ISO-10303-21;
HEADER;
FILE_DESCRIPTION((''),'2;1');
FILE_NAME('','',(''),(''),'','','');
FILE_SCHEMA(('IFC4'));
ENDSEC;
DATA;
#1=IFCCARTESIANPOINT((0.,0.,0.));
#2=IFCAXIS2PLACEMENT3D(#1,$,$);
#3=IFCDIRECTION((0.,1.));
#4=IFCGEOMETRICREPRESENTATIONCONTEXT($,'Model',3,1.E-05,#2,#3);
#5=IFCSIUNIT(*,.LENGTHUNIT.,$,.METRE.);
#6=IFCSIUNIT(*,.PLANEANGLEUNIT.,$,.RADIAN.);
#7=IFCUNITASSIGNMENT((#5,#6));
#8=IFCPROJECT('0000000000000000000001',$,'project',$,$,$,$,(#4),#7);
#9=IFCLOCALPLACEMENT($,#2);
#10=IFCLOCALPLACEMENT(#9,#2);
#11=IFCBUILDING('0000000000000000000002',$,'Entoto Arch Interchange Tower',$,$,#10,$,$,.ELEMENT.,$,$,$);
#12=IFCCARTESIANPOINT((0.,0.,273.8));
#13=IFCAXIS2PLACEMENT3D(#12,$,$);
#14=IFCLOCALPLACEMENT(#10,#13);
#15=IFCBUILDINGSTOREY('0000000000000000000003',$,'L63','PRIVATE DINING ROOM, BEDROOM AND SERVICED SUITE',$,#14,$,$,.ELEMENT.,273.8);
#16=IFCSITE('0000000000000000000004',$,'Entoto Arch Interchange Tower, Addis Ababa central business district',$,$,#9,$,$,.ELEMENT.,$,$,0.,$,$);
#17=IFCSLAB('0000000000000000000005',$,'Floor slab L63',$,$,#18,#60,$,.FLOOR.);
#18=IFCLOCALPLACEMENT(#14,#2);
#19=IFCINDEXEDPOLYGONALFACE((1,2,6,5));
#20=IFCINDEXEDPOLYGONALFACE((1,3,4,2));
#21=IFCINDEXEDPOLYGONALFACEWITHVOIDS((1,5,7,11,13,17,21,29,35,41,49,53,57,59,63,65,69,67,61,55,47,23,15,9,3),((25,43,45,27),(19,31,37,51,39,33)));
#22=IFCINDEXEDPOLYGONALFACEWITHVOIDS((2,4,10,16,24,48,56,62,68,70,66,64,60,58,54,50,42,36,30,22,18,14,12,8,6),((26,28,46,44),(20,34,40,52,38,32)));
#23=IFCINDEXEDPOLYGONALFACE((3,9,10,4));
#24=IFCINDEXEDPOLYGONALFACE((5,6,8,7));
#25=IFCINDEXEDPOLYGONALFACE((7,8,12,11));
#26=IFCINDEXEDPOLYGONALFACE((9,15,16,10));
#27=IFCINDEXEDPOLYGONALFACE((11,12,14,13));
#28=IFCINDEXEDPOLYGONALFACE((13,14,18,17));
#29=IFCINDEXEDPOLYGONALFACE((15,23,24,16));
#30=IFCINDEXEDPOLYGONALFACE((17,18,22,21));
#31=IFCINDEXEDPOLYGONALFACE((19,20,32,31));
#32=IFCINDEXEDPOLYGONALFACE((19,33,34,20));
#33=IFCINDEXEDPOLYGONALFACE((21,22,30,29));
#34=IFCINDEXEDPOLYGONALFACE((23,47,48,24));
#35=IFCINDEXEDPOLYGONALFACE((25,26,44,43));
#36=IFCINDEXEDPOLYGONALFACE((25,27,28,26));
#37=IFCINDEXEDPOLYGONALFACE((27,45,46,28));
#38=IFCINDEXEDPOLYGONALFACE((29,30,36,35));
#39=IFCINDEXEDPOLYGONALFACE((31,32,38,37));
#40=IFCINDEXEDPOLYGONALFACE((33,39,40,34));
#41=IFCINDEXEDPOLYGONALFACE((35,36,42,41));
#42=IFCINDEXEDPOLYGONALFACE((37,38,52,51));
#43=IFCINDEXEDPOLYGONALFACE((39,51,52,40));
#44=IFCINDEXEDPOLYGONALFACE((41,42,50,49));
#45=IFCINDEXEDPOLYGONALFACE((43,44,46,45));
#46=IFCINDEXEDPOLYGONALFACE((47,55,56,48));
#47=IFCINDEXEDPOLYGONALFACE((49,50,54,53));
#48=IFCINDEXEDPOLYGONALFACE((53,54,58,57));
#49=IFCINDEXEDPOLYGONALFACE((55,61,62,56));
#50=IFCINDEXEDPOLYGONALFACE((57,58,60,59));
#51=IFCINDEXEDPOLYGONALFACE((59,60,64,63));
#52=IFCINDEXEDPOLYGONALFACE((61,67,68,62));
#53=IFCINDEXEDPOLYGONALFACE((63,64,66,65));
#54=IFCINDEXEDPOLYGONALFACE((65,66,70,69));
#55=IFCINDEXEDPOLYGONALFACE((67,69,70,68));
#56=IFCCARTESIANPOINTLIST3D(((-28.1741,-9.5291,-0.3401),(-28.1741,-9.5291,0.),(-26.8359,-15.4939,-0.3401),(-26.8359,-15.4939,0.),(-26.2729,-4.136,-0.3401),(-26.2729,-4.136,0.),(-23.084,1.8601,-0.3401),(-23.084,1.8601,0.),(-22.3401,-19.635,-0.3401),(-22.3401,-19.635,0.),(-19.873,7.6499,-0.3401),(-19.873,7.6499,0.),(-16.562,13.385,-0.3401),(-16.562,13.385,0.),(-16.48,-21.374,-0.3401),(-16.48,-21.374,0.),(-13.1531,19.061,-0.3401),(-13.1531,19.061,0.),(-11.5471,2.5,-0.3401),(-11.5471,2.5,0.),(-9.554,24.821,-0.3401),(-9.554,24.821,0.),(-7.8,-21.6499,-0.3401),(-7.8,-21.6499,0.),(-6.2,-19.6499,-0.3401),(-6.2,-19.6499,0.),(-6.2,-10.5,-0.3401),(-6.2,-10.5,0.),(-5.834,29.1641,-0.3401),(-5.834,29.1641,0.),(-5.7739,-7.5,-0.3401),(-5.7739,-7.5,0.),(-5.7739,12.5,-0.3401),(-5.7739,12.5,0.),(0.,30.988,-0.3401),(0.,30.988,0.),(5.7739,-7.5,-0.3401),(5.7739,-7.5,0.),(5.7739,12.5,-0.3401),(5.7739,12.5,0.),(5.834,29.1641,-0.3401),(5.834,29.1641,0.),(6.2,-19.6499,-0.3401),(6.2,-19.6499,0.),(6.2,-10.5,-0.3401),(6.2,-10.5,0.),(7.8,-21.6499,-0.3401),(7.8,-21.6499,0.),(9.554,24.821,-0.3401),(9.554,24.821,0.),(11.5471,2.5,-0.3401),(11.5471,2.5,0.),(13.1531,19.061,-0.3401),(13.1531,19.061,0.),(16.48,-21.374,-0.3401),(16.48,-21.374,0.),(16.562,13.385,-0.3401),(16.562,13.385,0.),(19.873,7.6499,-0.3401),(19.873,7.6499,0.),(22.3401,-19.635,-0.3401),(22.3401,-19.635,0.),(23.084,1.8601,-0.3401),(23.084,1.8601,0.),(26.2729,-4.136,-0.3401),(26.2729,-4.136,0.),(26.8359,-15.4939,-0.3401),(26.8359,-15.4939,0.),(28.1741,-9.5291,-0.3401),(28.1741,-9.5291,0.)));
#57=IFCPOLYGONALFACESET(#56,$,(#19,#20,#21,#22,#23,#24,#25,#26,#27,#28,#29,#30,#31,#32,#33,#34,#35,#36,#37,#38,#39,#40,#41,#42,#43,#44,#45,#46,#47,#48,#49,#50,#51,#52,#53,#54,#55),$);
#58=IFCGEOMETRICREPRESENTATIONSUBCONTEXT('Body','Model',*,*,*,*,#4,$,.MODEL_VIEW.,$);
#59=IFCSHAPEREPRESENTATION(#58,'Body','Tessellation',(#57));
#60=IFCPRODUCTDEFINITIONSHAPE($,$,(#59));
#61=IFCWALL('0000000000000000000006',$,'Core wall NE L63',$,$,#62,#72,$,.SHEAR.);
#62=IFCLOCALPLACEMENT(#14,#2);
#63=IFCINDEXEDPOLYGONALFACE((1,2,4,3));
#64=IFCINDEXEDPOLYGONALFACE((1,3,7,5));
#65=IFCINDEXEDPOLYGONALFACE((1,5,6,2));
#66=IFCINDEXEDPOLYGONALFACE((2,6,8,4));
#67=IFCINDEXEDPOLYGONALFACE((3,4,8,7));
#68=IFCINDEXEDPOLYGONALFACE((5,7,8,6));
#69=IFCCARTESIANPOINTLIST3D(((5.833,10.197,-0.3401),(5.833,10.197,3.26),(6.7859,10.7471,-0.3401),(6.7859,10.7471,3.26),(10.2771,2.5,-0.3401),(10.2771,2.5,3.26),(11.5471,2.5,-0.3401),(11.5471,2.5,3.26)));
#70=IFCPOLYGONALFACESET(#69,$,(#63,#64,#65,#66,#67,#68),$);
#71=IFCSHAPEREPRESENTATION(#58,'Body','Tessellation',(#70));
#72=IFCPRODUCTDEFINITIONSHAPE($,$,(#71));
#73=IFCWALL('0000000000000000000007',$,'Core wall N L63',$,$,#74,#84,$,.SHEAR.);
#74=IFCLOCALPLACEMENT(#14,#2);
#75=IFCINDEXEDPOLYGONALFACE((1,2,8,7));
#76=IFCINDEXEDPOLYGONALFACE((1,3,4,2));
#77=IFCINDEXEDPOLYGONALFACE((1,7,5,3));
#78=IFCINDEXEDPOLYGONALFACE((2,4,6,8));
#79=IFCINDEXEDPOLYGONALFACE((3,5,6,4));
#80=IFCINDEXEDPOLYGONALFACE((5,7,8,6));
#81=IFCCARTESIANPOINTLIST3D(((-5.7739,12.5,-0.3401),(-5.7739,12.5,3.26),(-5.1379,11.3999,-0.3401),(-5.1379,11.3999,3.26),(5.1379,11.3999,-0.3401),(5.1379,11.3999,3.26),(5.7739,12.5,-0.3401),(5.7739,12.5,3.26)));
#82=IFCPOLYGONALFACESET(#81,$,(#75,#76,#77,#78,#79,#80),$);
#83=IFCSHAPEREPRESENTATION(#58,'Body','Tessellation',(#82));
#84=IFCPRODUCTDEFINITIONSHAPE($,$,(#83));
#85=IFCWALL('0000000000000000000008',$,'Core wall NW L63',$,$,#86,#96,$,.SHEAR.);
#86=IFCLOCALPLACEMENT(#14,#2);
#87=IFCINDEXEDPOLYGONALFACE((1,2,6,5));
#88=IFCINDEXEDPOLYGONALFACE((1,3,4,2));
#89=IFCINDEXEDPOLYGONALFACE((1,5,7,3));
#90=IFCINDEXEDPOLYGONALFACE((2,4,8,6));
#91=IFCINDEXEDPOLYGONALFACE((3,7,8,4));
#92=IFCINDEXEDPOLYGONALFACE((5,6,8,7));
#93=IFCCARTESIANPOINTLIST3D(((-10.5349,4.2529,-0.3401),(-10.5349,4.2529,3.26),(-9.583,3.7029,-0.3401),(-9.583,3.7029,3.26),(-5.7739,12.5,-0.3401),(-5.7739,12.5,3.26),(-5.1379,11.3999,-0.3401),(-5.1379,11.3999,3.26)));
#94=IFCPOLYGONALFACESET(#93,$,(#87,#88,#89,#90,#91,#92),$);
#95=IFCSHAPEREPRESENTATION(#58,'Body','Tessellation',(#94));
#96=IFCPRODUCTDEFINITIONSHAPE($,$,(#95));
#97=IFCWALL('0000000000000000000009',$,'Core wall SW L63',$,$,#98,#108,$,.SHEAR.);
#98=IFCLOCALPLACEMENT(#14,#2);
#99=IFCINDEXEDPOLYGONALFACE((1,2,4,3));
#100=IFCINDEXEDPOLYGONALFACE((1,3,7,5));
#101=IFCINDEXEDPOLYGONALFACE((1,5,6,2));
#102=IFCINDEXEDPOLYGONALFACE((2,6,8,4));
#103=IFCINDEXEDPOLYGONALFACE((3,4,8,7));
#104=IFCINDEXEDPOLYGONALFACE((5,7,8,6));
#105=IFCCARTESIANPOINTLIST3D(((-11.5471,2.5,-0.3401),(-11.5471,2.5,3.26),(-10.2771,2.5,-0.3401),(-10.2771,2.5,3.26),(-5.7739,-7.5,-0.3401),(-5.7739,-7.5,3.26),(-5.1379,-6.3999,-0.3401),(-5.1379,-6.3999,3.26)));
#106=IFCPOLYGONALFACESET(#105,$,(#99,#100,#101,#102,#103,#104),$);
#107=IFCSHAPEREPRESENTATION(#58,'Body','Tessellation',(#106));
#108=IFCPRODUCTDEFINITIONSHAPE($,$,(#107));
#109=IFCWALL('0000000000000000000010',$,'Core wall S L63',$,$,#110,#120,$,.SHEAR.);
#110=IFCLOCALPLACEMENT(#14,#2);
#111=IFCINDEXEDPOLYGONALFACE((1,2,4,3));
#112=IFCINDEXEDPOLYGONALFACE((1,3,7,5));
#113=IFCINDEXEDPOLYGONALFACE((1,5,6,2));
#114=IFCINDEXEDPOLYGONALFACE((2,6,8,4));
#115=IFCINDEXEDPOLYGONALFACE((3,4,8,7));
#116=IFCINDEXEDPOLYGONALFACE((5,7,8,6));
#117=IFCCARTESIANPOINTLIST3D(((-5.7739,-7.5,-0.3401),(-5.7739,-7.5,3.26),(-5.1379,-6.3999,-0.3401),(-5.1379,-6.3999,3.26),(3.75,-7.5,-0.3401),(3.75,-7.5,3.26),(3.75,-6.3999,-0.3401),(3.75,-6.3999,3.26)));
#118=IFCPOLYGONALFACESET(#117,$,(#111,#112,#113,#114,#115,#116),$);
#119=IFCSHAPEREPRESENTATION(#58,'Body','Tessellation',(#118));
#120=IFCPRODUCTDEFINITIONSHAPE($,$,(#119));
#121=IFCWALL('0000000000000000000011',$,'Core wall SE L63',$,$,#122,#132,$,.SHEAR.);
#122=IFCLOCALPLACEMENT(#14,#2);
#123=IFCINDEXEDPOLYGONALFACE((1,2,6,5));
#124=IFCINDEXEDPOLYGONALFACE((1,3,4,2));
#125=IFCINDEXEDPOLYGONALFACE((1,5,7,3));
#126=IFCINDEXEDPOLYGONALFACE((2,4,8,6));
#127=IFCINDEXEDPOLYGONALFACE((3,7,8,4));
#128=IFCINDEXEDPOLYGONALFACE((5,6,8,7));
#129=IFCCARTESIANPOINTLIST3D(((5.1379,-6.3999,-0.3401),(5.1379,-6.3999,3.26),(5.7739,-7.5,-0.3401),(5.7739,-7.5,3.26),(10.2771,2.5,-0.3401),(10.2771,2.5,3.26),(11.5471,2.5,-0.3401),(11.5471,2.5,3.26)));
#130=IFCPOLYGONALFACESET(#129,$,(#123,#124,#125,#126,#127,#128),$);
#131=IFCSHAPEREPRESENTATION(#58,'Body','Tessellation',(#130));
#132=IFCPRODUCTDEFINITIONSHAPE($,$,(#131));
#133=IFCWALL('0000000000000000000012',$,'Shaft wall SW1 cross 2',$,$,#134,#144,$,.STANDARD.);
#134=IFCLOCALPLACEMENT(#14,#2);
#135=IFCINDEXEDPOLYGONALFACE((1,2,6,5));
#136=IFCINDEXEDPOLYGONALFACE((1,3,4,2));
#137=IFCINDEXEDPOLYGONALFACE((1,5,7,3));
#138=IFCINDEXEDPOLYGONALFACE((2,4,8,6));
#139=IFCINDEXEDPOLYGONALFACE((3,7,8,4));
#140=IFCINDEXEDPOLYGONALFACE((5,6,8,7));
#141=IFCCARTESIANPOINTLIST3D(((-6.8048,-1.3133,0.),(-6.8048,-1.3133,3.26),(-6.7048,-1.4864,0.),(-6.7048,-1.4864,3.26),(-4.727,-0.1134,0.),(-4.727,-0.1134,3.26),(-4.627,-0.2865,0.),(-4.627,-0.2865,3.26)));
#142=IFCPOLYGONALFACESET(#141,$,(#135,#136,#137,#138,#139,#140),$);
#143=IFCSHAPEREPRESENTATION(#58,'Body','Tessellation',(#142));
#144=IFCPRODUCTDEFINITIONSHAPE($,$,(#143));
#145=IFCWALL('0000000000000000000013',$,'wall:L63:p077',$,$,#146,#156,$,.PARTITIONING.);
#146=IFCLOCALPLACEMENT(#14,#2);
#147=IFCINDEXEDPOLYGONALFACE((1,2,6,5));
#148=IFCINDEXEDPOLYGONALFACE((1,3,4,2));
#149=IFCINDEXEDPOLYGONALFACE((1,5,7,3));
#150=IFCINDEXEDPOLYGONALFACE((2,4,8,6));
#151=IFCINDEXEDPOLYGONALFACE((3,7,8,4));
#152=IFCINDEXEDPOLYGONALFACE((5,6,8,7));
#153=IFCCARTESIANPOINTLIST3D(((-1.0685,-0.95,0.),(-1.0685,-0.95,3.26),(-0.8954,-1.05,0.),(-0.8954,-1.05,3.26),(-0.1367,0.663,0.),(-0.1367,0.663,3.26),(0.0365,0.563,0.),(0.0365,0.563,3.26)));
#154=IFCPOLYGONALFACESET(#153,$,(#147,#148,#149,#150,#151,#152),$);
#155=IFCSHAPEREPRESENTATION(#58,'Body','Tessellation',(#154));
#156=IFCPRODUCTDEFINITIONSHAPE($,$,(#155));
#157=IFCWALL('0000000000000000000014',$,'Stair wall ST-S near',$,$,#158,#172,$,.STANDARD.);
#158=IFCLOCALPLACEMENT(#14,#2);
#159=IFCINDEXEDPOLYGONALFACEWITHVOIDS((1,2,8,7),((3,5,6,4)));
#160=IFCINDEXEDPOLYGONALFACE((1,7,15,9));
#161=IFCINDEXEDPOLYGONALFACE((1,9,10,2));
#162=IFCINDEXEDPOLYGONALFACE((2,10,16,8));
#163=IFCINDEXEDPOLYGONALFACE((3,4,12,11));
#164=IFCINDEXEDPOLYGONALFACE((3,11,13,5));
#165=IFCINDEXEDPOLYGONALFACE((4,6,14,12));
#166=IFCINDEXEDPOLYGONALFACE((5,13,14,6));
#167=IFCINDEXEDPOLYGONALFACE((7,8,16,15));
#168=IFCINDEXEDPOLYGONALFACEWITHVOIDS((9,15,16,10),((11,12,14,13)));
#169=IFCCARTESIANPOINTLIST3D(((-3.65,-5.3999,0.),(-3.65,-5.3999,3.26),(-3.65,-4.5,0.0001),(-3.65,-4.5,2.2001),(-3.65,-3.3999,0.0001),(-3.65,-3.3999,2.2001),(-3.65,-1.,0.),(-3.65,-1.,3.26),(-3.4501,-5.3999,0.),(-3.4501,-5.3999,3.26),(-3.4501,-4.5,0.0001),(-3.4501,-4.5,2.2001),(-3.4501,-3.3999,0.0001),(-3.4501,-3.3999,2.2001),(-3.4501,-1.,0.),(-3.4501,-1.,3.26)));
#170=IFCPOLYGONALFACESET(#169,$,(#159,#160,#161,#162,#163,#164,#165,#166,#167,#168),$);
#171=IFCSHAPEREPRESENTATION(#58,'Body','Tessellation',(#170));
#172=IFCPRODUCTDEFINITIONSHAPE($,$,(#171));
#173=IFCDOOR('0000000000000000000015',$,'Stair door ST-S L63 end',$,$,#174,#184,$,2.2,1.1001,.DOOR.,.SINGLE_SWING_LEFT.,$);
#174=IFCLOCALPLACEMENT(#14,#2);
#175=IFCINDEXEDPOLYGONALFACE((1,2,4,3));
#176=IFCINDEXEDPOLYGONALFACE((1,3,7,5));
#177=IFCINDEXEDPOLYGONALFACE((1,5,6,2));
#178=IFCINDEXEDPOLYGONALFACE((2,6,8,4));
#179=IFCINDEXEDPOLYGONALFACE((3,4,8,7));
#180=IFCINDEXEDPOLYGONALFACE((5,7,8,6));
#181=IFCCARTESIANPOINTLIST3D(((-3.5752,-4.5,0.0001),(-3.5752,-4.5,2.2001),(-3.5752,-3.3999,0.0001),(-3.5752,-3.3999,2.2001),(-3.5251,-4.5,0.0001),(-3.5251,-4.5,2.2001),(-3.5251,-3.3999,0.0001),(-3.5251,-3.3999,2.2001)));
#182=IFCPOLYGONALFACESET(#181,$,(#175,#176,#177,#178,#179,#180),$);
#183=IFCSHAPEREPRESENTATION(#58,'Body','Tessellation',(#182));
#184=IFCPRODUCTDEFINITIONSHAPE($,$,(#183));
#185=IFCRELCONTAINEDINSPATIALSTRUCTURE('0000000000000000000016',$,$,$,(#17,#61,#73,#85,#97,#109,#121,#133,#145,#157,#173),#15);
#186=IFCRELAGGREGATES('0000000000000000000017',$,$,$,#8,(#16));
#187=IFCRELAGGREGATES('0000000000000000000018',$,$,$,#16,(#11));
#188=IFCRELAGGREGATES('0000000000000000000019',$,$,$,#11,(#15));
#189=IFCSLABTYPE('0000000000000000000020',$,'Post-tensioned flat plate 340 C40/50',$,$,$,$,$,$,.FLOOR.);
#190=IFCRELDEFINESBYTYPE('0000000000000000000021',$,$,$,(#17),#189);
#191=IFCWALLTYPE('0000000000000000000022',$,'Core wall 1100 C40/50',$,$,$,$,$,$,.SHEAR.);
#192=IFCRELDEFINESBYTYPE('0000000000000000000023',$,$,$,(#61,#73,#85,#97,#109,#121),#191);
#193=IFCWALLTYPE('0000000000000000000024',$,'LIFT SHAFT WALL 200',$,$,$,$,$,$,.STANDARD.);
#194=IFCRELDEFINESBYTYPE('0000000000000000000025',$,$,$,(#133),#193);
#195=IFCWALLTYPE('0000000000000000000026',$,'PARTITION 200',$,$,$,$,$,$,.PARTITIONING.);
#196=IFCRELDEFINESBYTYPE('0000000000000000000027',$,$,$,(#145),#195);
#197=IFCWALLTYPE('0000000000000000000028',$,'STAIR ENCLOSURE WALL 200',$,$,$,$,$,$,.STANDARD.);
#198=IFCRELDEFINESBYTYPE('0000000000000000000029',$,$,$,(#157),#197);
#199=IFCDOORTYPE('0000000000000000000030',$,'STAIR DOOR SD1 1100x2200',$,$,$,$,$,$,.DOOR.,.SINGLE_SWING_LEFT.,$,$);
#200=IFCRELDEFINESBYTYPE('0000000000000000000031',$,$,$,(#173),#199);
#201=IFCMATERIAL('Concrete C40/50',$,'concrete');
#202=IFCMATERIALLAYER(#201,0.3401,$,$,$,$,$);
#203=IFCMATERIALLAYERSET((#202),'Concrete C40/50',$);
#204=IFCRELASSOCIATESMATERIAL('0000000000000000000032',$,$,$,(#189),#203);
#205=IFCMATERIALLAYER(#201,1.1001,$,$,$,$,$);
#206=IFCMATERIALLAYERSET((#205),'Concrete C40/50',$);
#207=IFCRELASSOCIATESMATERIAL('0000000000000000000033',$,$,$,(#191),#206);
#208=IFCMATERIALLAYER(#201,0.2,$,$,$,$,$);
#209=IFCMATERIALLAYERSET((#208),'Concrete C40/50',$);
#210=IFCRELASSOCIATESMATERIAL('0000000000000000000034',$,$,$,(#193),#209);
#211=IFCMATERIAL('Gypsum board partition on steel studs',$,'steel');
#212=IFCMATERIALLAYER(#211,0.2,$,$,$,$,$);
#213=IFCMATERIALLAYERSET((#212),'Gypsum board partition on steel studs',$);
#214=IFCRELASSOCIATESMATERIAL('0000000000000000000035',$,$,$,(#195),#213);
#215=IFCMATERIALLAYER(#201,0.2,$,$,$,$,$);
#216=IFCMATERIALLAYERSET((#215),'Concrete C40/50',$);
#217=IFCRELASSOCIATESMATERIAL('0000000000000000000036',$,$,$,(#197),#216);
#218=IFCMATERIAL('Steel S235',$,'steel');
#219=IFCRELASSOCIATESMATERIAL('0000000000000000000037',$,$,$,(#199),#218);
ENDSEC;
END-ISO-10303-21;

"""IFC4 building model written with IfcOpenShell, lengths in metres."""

from ifc_helpers import new_model, si_unit, direction, frame, frame_2d, origin, place, context, subcontext, project, spatial, polyline, rectangle, outline, extrude, material, layer, layer_set, type_object, element, fill, save


model = new_model("IFC4")

# Units and contexts
model_context = context("Model", 3, precision=1e-05, world=origin(), true_north=direction((0.0, 1.0)))
body_context = subcontext(model_context, "Body", "Model", "MODEL_VIEW")
ifc_project = project(units=[si_unit("LENGTHUNIT", "METRE"), si_unit("PLANEANGLEUNIT", "RADIAN")], contexts=[model_context])

# Site, building, storey
site_placement = place(None, origin())
site = spatial("IfcSite", under=ifc_project, at=site_placement, Name="Entoto Arch Interchange Tower, Addis Ababa central business district", CompositionType="ELEMENT", RefElevation=0.0)
building_placement = place(site_placement, origin())
building = spatial("IfcBuilding", under=site, at=building_placement, Name="Entoto Arch Interchange Tower", CompositionType="ELEMENT")
storey_placement = place(building_placement, frame((0.0, 0.0, 273.8)))
storey = spatial("IfcBuildingStorey", under=building, at=storey_placement, Name="L63", Description="PRIVATE DINING ROOM, BEDROOM AND SERVICED SUITE", CompositionType="ELEMENT", Elevation=273.8)

# Slab
ifc_material_1 = material(Name="Concrete C40/50", Category="concrete")
ifc_layer_1 = layer(ifc_material_1, 0.3401)
ifc_layer_set_1 = layer_set([ifc_layer_1], Name="Concrete C40/50")
slab_type = type_object("IfcSlabType", Name="Post-tensioned flat plate 340 C40/50", PredefinedType="FLOOR", material=ifc_layer_set_1)
slab_placement = place(storey_placement, frame((0.0, 0.0, -0.3401)))
element("IfcSlab", 1, at=slab_placement, inside=storey, type_object=slab_type, Name="Floor slab L63", PredefinedType="FLOOR", context=body_context, shape_type="SweptSolid", body=[
    extrude(outline(polyline([(-16.48, -21.374), (-7.8, -21.6499), (7.8, -21.6499), (16.48, -21.374), (22.3401, -19.635), (26.8359, -15.4939), (28.1741, -9.5291), (26.2729, -4.136), (23.084, 1.8601), (19.873, 7.6499), (16.562, 13.385), (13.1531, 19.061), (9.554, 24.821), (5.834, 29.1641), (0.0, 30.988), (-5.834, 29.1641), (-9.554, 24.821), (-13.1531, 19.061), (-16.562, 13.385), (-19.873, 7.6499), (-23.084, 1.8601), (-26.2729, -4.136), (-28.1741, -9.5291), (-26.8359, -15.4939), (-22.3401, -19.635), (-16.48, -21.374)]), holes=[polyline([(6.2, -19.6499), (6.2, -10.5), (-6.2, -10.5), (-6.2, -19.6499), (6.2, -19.6499)]), polyline([(11.5471, 2.5), (5.7739, 12.5), (-5.7739, 12.5), (-11.5471, 2.5), (-5.7739, -7.5), (5.7739, -7.5), (11.5471, 2.5)])]), origin(), (0.0, 0.0, 1.0), 0.3401),
])

# Walls
ifc_layer_2 = layer(ifc_material_1, 1.1001)
ifc_layer_set_2 = layer_set([ifc_layer_2], Name="Concrete C40/50")
wall_type_1 = type_object("IfcWallType", Name="Core wall 1100 C40/50", PredefinedType="SHEAR", material=ifc_layer_set_2)
wall_1_placement = place(storey_placement, frame((0.0, 0.0, -0.3401)))
element("IfcWall", 2, at=wall_1_placement, inside=storey, type_object=wall_type_1, Name="Core wall NE L63", PredefinedType="SHEAR", context=body_context, shape_type="SweptSolid", body=[
    extrude(outline(polyline([(6.7859, 10.7471), (5.833, 10.197), (10.2771, 2.5), (11.5471, 2.5), (6.7859, 10.7471)])), origin(), (0.0, 0.0, 1.0), 3.6001),
])
wall_2_placement = place(storey_placement, frame((0.0, 0.0, -0.3401)))
element("IfcWall", 3, at=wall_2_placement, inside=storey, type_object=wall_type_1, Name="Core wall N L63", PredefinedType="SHEAR", context=body_context, shape_type="SweptSolid", body=[
    extrude(outline(polyline([(5.7739, 12.5), (-5.7739, 12.5), (-5.1379, 11.3999), (5.1379, 11.3999), (5.7739, 12.5)])), origin(), (0.0, 0.0, 1.0), 3.6001),
])
wall_3_placement = place(storey_placement, frame((0.0, 0.0, -0.3401)))
element("IfcWall", 4, at=wall_3_placement, inside=storey, type_object=wall_type_1, Name="Core wall NW L63", PredefinedType="SHEAR", context=body_context, shape_type="SweptSolid", body=[
    extrude(outline(polyline([(-10.5349, 4.2529), (-9.583, 3.7029), (-5.1379, 11.3999), (-5.7739, 12.5), (-10.5349, 4.2529)])), origin(), (0.0, 0.0, 1.0), 3.6001),
])
wall_4_placement = place(storey_placement, frame((0.0, 0.0, -0.3401)))
element("IfcWall", 5, at=wall_4_placement, inside=storey, type_object=wall_type_1, Name="Core wall SW L63", PredefinedType="SHEAR", context=body_context, shape_type="SweptSolid", body=[
    extrude(outline(polyline([(-11.5471, 2.5), (-5.7739, -7.5), (-5.1379, -6.3999), (-10.2771, 2.5), (-11.5471, 2.5)])), origin(), (0.0, 0.0, 1.0), 3.6001),
])
wall_5_placement = place(storey_placement, frame((0.0, 0.0, -0.3401)))
element("IfcWall", 6, at=wall_5_placement, inside=storey, type_object=wall_type_1, Name="Core wall S L63", PredefinedType="SHEAR", context=body_context, shape_type="SweptSolid", body=[
    extrude(outline(polyline([(3.75, -7.5), (3.75, -6.3999), (-5.1379, -6.3999), (-5.7739, -7.5), (3.75, -7.5)])), origin(), (0.0, 0.0, 1.0), 3.6001),
])
wall_6_placement = place(storey_placement, frame((0.0, 0.0, -0.3401)))
element("IfcWall", 7, at=wall_6_placement, inside=storey, type_object=wall_type_1, Name="Core wall SE L63", PredefinedType="SHEAR", context=body_context, shape_type="SweptSolid", body=[
    extrude(outline(polyline([(5.7739, -7.5), (11.5471, 2.5), (10.2771, 2.5), (5.1379, -6.3999), (5.7739, -7.5)])), origin(), (0.0, 0.0, 1.0), 3.6001),
])
ifc_layer_3 = layer(ifc_material_1, 0.2)
ifc_layer_set_3 = layer_set([ifc_layer_3], Name="Concrete C40/50")
wall_type_2 = type_object("IfcWallType", Name="LIFT SHAFT WALL 200", PredefinedType="STANDARD", material=ifc_layer_set_3)
wall_7_placement = place(storey_placement, frame((-4.677, -0.2, 0.0), z_axis=(0.0, 0.0, 1.0), x_axis=(-0.865974, -0.500089, 0.0)))
element("IfcWall", 8, at=wall_7_placement, inside=storey, type_object=wall_type_2, Name="Shaft wall SW1 cross 2", PredefinedType="STANDARD", context=body_context, shape_type="SweptSolid", body=[
    extrude(rectangle(XDim=2.3994, YDim=0.2, at=frame_2d((1.1997, 0.0))), origin(), (0.0, 0.0, 1.0), 3.26),
])
ifc_material_2 = material(Name="Gypsum board partition on steel studs", Category="steel")
ifc_layer_4 = layer(ifc_material_2, 0.2)
ifc_layer_set_4 = layer_set([ifc_layer_4], Name="Gypsum board partition on steel studs")
wall_type_3 = type_object("IfcWallType", Name="PARTITION 200", PredefinedType="PARTITIONING", material=ifc_layer_set_4)
wall_8_placement = place(storey_placement, frame((-0.9819, -1.0, 0.0), z_axis=(0.0, 0.0, 1.0), x_axis=(0.50024, 0.865887, 0.0)))
element("IfcWall", 9, at=wall_8_placement, inside=storey, type_object=wall_type_3, Name="wall:L63:p077", PredefinedType="PARTITIONING", context=body_context, shape_type="SweptSolid", body=[
    extrude(rectangle(XDim=1.8628, YDim=0.2, at=frame_2d((0.9314, 0.0))), origin(), (0.0, 0.0, 1.0), 3.26),
])

# Wall, opening, door
ifc_layer_5 = layer(ifc_material_1, 0.2)
ifc_layer_set_5 = layer_set([ifc_layer_5], Name="Concrete C40/50")
wall_type_4 = type_object("IfcWallType", Name="STAIR ENCLOSURE WALL 200", PredefinedType="STANDARD", material=ifc_layer_set_5)
wall_9_placement = place(storey_placement, frame((-3.55, -1.0, 0.0), z_axis=(0.0, 0.0, 1.0), x_axis=(0.0, -1.0, 0.0)))
wall_9 = element("IfcWall", 10, at=wall_9_placement, inside=storey, type_object=wall_type_4, Name="Stair wall ST-S near", PredefinedType="STANDARD", context=body_context, shape_type="SweptSolid", body=[
    extrude(rectangle(XDim=4.3999, YDim=0.2, at=frame_2d((2.2, 0.0))), origin(), (0.0, 0.0, 1.0), 3.26),
])
opening_placement = place(wall_9_placement, frame((2.3999, 0.0, 0.0)))
opening = element("IfcOpeningElement", 11, at=opening_placement, cuts=wall_9, PredefinedType="OPENING", context=body_context, shape_type="SweptSolid", body=[
    extrude(rectangle(XDim=1.1001, YDim=2.2, at=frame_2d((0.55, 1.1001))), frame((0.0, 0.1099, 0.0), z_axis=(0.0, -1.0, 0.0), x_axis=(1.0, 0.0, 0.0)), (0.0, 0.0, 1.0), 0.22),
])
ifc_material_3 = material(Name="Steel S235", Category="steel")
door_type = type_object("IfcDoorType", Name="STAIR DOOR SD1 1100x2200", OperationType="SINGLE_SWING_LEFT", PredefinedType="DOOR", material=ifc_material_3)
door_placement = place(opening_placement, origin())
door = element("IfcDoor", 12, at=door_placement, inside=storey, type_object=door_type, Name="Stair door ST-S L63 end", OperationType="SINGLE_SWING_LEFT", OverallHeight=2.2, OverallWidth=1.1001, PredefinedType="DOOR", context=body_context, shape_type="SweptSolid", body=[
    extrude(rectangle(XDim=1.1001, YDim=2.2, at=frame_2d((0.55, 1.1001))), frame((0.0, 0.0249, 0.0), z_axis=(0.0, -1.0, 0.0), x_axis=(1.0, 0.0, 0.0)), (0.0, 0.0, 1.0), 0.05),
])
fill(opening, door)

save(model, "model.ifc")
